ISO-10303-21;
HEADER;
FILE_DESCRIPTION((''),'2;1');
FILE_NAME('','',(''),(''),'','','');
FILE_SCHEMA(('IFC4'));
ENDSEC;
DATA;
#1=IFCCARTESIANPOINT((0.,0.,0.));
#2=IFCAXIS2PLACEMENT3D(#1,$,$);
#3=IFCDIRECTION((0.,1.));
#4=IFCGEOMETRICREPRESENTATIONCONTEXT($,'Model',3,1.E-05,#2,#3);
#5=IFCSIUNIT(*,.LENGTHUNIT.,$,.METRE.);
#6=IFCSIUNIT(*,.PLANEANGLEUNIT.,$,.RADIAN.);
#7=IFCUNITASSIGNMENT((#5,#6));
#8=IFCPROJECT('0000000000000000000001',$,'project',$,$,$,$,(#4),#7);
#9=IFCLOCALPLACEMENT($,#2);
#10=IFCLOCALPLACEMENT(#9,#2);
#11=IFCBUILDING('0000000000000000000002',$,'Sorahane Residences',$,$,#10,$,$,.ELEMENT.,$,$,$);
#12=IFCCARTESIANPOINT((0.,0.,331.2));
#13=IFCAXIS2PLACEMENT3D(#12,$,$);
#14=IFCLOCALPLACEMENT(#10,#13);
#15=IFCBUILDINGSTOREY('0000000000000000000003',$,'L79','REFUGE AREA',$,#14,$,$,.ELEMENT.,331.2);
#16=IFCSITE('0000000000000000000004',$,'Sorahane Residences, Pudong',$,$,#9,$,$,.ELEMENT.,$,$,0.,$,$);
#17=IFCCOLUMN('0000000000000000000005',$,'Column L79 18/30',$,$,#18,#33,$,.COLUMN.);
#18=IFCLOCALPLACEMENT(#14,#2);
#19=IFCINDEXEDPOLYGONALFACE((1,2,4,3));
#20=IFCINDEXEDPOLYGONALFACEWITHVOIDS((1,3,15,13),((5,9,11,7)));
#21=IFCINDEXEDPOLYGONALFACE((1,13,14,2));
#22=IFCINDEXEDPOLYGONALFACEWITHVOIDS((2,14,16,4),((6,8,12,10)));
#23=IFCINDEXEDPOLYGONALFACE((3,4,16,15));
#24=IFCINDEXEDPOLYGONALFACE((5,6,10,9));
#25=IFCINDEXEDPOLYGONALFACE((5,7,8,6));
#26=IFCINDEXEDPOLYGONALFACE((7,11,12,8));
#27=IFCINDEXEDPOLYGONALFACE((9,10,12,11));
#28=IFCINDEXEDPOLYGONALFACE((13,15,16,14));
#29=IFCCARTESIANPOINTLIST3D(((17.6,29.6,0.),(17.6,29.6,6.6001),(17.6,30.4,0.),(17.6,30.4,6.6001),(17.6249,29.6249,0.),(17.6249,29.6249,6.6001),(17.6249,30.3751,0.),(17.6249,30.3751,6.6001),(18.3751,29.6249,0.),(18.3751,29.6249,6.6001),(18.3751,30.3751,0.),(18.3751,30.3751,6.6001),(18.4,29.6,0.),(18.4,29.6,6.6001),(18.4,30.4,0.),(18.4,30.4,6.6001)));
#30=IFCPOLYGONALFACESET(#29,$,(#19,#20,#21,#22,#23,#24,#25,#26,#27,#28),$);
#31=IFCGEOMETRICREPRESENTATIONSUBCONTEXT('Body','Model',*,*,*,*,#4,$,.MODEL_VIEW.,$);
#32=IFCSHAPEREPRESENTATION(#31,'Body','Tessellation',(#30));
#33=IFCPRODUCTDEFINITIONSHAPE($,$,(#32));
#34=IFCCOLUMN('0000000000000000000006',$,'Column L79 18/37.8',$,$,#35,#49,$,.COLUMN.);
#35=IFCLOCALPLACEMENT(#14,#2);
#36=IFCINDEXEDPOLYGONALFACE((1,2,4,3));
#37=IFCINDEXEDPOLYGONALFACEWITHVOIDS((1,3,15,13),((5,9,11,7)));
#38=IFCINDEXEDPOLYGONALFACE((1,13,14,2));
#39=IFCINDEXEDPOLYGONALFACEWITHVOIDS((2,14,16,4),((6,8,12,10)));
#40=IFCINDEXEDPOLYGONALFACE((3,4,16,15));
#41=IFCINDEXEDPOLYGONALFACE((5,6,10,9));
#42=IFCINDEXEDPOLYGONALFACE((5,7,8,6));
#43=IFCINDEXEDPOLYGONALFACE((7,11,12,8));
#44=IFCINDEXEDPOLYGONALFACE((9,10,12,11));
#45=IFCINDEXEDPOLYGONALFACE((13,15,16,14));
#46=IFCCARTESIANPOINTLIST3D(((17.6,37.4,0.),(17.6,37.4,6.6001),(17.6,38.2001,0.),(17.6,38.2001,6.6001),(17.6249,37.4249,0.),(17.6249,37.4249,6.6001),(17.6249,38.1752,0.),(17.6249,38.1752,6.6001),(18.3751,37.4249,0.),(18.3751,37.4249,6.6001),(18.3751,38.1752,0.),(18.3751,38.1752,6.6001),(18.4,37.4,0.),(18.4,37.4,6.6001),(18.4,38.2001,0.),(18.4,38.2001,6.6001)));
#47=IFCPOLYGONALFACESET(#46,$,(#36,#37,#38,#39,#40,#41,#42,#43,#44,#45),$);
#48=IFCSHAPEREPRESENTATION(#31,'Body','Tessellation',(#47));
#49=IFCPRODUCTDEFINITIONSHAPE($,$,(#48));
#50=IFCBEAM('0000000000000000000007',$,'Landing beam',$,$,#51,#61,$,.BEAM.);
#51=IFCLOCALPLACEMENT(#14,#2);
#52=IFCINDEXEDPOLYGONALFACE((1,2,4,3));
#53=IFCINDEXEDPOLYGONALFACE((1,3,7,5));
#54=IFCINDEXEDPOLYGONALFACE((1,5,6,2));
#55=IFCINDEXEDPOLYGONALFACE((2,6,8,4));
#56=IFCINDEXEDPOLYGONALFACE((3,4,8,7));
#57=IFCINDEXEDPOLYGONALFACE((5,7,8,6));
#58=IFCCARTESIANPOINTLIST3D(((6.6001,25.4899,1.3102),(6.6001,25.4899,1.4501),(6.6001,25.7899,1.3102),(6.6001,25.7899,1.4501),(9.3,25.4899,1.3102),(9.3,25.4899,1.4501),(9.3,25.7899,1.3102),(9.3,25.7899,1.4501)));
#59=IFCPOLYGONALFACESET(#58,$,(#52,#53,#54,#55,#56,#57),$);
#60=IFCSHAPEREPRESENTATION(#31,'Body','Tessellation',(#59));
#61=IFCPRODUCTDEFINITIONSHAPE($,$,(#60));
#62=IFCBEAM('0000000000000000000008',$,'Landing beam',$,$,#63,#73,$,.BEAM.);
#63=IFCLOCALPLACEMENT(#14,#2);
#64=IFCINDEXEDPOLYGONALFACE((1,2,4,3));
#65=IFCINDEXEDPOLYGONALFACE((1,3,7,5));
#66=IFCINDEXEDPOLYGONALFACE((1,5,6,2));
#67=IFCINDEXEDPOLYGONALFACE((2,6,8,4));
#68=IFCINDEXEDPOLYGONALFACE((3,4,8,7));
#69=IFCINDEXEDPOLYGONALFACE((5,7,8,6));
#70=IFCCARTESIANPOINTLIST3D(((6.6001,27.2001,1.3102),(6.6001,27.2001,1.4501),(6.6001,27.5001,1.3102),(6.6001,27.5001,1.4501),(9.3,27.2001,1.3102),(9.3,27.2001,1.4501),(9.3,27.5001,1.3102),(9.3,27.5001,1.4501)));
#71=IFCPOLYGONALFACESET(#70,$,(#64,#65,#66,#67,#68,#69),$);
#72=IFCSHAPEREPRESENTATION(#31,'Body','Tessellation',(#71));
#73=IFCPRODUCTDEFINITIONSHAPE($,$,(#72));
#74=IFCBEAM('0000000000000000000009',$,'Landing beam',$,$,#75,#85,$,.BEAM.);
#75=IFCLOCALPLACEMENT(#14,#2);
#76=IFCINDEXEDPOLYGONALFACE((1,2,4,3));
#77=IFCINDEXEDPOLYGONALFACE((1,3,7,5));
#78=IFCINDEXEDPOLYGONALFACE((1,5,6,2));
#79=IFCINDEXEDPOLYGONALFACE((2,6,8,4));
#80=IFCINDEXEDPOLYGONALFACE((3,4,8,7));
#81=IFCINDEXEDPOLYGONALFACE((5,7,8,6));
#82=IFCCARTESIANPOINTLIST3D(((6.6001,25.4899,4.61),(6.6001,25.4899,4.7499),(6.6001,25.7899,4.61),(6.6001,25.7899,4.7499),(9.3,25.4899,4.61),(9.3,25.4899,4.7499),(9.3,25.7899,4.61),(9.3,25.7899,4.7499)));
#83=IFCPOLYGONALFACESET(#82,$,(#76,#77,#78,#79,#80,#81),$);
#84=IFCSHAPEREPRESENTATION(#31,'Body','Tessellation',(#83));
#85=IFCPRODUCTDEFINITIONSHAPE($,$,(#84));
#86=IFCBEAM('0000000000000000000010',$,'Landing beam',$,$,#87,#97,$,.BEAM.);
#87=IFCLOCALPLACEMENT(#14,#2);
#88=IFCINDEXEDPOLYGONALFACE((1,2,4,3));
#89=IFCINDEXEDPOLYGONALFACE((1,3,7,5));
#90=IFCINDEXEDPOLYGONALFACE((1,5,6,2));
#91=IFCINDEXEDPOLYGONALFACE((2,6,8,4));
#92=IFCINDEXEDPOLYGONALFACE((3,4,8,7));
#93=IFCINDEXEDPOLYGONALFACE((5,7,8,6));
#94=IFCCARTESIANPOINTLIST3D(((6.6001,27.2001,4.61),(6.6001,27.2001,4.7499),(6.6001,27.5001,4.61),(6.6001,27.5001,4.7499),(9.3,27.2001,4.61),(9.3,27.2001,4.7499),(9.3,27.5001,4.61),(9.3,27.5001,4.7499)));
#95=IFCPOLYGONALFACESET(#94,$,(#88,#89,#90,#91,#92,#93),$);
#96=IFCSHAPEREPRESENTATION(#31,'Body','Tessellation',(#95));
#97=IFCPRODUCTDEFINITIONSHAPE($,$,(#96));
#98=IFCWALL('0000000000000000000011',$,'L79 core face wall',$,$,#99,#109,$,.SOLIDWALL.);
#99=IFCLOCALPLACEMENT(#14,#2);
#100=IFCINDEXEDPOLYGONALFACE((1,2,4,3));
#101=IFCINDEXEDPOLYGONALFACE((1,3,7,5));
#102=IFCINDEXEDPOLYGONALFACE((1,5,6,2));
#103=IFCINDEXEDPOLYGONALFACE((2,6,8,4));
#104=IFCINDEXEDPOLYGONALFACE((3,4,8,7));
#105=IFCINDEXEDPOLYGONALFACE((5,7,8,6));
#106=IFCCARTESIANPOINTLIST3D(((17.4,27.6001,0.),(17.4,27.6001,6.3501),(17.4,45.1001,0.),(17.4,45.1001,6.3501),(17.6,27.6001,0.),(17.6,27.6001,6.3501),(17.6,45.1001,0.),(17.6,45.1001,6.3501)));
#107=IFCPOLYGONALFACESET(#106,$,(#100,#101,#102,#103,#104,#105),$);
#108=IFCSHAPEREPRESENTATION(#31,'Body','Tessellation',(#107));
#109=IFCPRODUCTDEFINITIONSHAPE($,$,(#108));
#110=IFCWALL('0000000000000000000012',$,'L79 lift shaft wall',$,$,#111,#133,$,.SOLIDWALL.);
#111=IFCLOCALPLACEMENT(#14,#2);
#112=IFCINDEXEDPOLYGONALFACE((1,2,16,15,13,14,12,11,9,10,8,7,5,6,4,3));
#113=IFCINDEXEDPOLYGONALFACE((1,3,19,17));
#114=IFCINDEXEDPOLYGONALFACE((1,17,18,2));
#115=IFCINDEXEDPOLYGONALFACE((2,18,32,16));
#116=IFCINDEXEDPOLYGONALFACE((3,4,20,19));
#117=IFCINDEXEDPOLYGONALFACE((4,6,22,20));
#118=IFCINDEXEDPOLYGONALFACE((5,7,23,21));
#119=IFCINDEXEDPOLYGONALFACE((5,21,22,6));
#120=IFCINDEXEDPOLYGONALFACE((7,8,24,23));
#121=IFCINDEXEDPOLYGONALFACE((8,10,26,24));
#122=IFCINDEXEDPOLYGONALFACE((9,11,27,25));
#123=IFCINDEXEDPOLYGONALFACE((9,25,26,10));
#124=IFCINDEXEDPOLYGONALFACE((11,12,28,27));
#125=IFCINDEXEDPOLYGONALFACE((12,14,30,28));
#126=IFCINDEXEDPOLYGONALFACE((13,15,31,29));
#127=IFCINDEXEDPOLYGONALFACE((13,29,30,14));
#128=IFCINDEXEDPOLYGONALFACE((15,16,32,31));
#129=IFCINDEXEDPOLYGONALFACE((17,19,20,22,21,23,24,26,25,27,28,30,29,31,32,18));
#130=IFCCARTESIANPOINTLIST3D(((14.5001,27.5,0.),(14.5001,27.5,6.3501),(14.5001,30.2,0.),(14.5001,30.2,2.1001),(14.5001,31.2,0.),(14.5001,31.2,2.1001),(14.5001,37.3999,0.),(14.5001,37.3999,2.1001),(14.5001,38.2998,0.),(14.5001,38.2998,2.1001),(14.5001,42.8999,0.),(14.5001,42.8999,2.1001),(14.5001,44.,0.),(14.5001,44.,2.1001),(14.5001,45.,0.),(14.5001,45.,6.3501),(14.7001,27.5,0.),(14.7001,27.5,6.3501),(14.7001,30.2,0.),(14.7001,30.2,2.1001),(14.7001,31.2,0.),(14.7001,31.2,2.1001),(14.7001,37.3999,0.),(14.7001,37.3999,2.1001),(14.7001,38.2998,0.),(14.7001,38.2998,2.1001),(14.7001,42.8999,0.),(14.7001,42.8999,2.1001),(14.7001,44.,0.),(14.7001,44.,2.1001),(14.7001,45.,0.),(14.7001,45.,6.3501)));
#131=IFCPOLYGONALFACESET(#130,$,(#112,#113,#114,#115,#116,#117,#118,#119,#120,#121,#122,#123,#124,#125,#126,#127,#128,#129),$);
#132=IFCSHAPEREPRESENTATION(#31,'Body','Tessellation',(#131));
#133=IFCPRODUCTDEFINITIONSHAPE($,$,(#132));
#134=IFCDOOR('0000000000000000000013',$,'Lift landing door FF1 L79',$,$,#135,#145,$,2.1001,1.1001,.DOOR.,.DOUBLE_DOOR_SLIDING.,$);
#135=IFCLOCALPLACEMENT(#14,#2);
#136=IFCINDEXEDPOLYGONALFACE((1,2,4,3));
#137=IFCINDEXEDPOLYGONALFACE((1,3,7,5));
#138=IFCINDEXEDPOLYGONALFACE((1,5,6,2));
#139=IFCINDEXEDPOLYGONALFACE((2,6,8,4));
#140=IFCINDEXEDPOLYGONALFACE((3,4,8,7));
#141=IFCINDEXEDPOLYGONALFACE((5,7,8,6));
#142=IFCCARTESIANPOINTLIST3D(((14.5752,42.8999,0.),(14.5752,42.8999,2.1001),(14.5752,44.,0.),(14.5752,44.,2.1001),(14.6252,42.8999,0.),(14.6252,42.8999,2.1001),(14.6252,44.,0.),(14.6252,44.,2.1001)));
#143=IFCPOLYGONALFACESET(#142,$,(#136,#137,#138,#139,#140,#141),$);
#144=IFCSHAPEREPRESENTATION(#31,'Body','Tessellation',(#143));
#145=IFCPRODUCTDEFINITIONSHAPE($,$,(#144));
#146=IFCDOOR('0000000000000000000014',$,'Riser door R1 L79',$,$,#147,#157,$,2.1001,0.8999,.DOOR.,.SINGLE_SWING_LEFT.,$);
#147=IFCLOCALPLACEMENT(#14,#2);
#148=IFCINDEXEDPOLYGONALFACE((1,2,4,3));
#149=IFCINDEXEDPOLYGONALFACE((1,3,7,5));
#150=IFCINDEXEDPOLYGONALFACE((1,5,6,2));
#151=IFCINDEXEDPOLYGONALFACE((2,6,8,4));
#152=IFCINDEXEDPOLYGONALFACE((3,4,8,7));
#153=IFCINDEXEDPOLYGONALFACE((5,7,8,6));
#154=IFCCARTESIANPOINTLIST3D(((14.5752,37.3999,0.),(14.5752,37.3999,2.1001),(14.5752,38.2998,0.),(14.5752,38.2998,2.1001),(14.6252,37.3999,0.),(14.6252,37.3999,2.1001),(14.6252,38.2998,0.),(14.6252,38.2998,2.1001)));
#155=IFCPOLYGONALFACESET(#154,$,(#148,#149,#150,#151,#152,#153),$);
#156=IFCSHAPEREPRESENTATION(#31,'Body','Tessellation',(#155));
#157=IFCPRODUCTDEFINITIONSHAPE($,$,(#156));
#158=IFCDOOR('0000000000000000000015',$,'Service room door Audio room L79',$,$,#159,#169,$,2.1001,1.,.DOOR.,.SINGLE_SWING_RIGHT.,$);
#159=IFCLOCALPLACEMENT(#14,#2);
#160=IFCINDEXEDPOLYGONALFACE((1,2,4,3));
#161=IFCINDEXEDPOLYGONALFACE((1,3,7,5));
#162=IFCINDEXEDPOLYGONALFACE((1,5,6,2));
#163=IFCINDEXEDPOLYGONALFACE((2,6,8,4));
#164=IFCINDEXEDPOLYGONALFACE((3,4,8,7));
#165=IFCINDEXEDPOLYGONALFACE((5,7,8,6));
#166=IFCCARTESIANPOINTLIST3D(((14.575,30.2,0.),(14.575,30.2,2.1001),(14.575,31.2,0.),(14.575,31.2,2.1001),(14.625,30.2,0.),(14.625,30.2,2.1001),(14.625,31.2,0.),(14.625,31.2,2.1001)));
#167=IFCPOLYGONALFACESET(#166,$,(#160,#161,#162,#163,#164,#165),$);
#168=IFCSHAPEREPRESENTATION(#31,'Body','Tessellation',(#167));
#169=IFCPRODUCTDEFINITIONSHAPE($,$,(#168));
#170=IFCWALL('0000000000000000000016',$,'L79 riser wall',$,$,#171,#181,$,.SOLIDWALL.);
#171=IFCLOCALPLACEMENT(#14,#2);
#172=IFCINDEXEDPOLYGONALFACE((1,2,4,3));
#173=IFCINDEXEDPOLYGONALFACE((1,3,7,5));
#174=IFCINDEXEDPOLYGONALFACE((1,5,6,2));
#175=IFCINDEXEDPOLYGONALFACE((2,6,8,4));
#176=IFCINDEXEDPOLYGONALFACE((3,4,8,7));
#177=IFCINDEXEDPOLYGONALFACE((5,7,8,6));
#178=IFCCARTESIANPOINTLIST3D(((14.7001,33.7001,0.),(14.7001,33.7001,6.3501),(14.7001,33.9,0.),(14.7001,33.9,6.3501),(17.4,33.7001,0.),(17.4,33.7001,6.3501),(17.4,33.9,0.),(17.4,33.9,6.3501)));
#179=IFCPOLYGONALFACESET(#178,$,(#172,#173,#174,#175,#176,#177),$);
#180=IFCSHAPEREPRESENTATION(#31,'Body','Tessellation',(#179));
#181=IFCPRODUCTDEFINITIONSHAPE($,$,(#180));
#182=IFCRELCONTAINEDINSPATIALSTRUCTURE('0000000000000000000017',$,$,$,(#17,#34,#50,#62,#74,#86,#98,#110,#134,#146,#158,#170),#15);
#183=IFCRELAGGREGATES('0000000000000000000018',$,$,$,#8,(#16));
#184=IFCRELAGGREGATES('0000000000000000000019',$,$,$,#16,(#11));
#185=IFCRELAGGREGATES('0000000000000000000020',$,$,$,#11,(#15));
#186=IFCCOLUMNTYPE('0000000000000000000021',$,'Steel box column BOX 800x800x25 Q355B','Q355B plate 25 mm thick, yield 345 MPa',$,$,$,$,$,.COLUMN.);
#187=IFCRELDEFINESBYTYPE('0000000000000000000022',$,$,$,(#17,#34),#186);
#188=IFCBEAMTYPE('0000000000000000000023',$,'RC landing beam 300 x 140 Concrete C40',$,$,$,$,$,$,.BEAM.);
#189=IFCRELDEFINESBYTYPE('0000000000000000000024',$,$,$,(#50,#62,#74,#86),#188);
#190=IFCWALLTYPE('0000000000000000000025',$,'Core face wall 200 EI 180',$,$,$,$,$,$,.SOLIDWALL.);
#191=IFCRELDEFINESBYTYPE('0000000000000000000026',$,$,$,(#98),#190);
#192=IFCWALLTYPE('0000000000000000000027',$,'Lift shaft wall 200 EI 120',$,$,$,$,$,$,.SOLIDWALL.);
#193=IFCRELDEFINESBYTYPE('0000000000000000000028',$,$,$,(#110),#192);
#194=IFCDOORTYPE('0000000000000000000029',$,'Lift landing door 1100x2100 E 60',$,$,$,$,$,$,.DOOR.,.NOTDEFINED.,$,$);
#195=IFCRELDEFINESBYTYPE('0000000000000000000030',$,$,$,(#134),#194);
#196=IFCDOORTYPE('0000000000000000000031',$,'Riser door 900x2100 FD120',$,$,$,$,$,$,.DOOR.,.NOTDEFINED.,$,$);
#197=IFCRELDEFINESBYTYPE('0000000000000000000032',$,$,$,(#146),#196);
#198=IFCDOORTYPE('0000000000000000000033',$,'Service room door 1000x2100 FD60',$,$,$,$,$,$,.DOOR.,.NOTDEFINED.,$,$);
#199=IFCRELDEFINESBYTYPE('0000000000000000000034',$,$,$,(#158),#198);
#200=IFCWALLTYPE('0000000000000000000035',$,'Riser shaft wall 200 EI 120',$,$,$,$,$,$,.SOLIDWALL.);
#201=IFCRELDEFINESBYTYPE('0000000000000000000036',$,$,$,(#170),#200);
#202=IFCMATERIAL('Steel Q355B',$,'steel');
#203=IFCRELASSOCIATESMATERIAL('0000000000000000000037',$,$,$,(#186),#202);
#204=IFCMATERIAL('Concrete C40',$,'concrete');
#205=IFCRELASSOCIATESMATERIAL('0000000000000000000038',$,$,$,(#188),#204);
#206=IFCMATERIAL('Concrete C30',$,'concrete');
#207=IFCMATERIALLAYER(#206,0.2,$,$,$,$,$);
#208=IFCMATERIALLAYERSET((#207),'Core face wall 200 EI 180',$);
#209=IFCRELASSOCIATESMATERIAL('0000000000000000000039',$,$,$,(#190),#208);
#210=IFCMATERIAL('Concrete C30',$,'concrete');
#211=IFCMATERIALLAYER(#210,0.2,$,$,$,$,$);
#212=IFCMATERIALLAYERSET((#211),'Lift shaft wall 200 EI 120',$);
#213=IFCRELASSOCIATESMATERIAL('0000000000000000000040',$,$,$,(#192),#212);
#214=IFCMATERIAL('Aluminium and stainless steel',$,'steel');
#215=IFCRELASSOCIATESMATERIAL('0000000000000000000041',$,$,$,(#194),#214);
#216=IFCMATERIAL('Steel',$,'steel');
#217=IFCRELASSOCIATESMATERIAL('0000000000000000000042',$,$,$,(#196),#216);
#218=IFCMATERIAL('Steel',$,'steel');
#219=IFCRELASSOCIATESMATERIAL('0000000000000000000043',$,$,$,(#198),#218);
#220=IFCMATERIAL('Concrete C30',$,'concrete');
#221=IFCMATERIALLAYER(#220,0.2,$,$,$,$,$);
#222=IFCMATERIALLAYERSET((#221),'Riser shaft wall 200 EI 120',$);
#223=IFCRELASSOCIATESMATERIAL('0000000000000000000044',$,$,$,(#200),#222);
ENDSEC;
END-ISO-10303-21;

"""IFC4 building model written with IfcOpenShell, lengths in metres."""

from ifc_helpers import new_model, si_unit, direction, frame, frame_2d, origin, origin_2d, place, context, subcontext, project, spatial, rectangle, hollow_rectangle, extrude, material, layer, layer_set, material_profile, profile_set, type_object, element, fill, save


model = new_model("IFC4")

# Units and contexts
model_context = context("Model", 3, precision=1e-05, world=origin(), true_north=direction((0.0, 1.0)))
body_context = subcontext(model_context, "Body", "Model", "MODEL_VIEW")
ifc_project = project(units=[si_unit("LENGTHUNIT", "METRE"), si_unit("PLANEANGLEUNIT", "RADIAN")], contexts=[model_context])

# Site, building, storey
site_placement = place(None, origin())
site = spatial("IfcSite", under=ifc_project, at=site_placement, Name="Sorahane Residences, Pudong", CompositionType="ELEMENT", RefElevation=0.0)
building_placement = place(site_placement, origin())
building = spatial("IfcBuilding", under=site, at=building_placement, Name="Sorahane Residences", CompositionType="ELEMENT")
storey_placement = place(building_placement, frame((0.0, 0.0, 331.2)))
storey = spatial("IfcBuildingStorey", under=building, at=storey_placement, Name="L79", Description="REFUGE AREA", CompositionType="ELEMENT", Elevation=331.2)

# Columns
ifc_material_1 = material(Name="Steel Q355B", Category="steel")
ifc_material_profile_1 = material_profile(ifc_material_1, hollow_rectangle(XDim=0.8, YDim=0.8, WallThickness=0.0249, at=origin_2d()), Name="BOX 800x800x25")
ifc_profile_set_1 = profile_set([ifc_material_profile_1], Name="Steel Q355B")
column_type = type_object("IfcColumnType", Name="Steel box column BOX 800x800x25 Q355B", Description="Q355B plate 25 mm thick, yield 345 MPa", PredefinedType="COLUMN", material=ifc_profile_set_1)
for number, where, z_axis, x_axis, name in (
    (1, (18.0, 30.0, 0.0), (0.0, 0.0, 1.0), (1.0, 0.0, 0.0), "Column L79 18/30"),
    (2, (18.0, 37.8, 0.0), (0.0, 0.0, 1.0), (1.0, 0.0, 0.0), "Column L79 18/37.8"),
):
    element("IfcColumn", number, at=place(storey_placement, frame(where, z_axis=z_axis, x_axis=x_axis)), inside=storey, type_object=column_type, Name=name, PredefinedType="COLUMN", context=body_context, shape_type="SweptSolid", body=[
        extrude(hollow_rectangle(XDim=0.8, YDim=0.8, WallThickness=0.0249, at=origin_2d()), origin(), (0.0, 0.0, 1.0), 6.6001),
    ])

# Beams
ifc_material_2 = material(Name="Concrete C40", Category="concrete")
ifc_material_profile_2 = material_profile(ifc_material_2, rectangle(XDim=0.3, YDim=0.1399, at=origin_2d()), Name="300x140")
ifc_profile_set_2 = profile_set([ifc_material_profile_2], Name="Concrete C40")
beam_type = type_object("IfcBeamType", Name="RC landing beam 300 x 140 Concrete C40", PredefinedType="BEAM", material=ifc_profile_set_2)
for number, where, z_axis, x_axis, name in (
    (3, (6.6001, 25.6399, 1.3801), (1.0, 0.0, 0.0), (0.0, 1.0, 0.0), "Landing beam"),
    (4, (6.6001, 27.3501, 1.3801), (1.0, 0.0, 0.0), (0.0, 1.0, 0.0), "Landing beam"),
    (5, (6.6001, 25.6399, 4.6799), (1.0, 0.0, 0.0), (0.0, 1.0, 0.0), "Landing beam"),
    (6, (6.6001, 27.3501, 4.6799), (1.0, 0.0, 0.0), (0.0, 1.0, 0.0), "Landing beam"),
):
    element("IfcBeam", number, at=place(storey_placement, frame(where, z_axis=z_axis, x_axis=x_axis)), inside=storey, type_object=beam_type, Name=name, PredefinedType="BEAM", context=body_context, shape_type="SweptSolid", body=[
        extrude(rectangle(XDim=0.3, YDim=0.1399, at=origin_2d()), origin(), (0.0, 0.0, 1.0), 2.7),
    ])

# Wall
ifc_material_3 = material(Name="Concrete C30", Category="concrete")
ifc_layer_1 = layer(ifc_material_3, 0.2)
ifc_layer_set_1 = layer_set([ifc_layer_1], Name="Core face wall 200 EI 180")
wall_type_1 = type_object("IfcWallType", Name="Core face wall 200 EI 180", PredefinedType="SOLIDWALL", material=ifc_layer_set_1)
wall_1_placement = place(storey_placement, frame((17.5, 27.6001, 0.0), z_axis=(0.0, 0.0, 1.0), x_axis=(0.0, 1.0, 0.0)))
element("IfcWall", 7, at=wall_1_placement, inside=storey, type_object=wall_type_1, Name="L79 core face wall", PredefinedType="SOLIDWALL", context=body_context, shape_type="SweptSolid", body=[
    extrude(rectangle(XDim=17.5, YDim=0.2, at=frame_2d((8.75, 0.0))), origin(), (0.0, 0.0, 1.0), 6.3501),
])

# Wall, openings, doors
ifc_material_4 = material(Name="Concrete C30", Category="concrete")
ifc_layer_2 = layer(ifc_material_4, 0.2)
ifc_layer_set_2 = layer_set([ifc_layer_2], Name="Lift shaft wall 200 EI 120")
wall_type_2 = type_object("IfcWallType", Name="Lift shaft wall 200 EI 120", PredefinedType="SOLIDWALL", material=ifc_layer_set_2)
wall_2_placement = place(storey_placement, frame((14.6001, 27.5, 0.0), z_axis=(0.0, 0.0, 1.0), x_axis=(0.0, 1.0, 0.0)))
wall_2 = element("IfcWall", 8, at=wall_2_placement, inside=storey, type_object=wall_type_2, Name="L79 lift shaft wall", PredefinedType="SOLIDWALL", context=body_context, shape_type="SweptSolid", body=[
    extrude(rectangle(XDim=17.5, YDim=0.2, at=frame_2d((8.75, 0.0))), origin(), (0.0, 0.0, 1.0), 6.3501),
])
opening_1_placement = place(wall_2_placement, frame((15.3999, 0.0, 0.0)))
opening_1 = element("IfcOpeningElement", 9, at=opening_1_placement, cuts=wall_2, PredefinedType="OPENING", context=body_context, shape_type="SweptSolid", body=[
    extrude(rectangle(XDim=1.1001, YDim=2.1001, at=frame_2d((0.55, 1.05))), frame((0.0, 0.1099, 0.0), z_axis=(0.0, -1.0, 0.0), x_axis=(1.0, 0.0, 0.0)), (0.0, 0.0, 1.0), 0.22),
])
opening_2_placement = place(wall_2_placement, frame((2.7, 0.0, 0.0)))
opening_2 = element("IfcOpeningElement", 10, at=opening_2_placement, cuts=wall_2, PredefinedType="OPENING", context=body_context, shape_type="SweptSolid", body=[
    extrude(rectangle(XDim=1.0, YDim=2.1001, at=frame_2d((0.5, 1.05))), frame((0.0, 0.1099, 0.0), z_axis=(0.0, -1.0, 0.0), x_axis=(1.0, 0.0, 0.0)), (0.0, 0.0, 1.0), 0.22),
])
opening_3_placement = place(wall_2_placement, frame((9.8999, 0.0, 0.0)))
opening_3 = element("IfcOpeningElement", 11, at=opening_3_placement, cuts=wall_2, PredefinedType="OPENING", context=body_context, shape_type="SweptSolid", body=[
    extrude(rectangle(XDim=0.8999, YDim=2.1001, at=frame_2d((0.45, 1.05))), frame((0.0, 0.1099, 0.0), z_axis=(0.0, -1.0, 0.0), x_axis=(1.0, 0.0, 0.0)), (0.0, 0.0, 1.0), 0.22),
])
ifc_material_5 = material(Name="Aluminium and stainless steel", Category="steel")
door_type_1 = type_object("IfcDoorType", Name="Lift landing door 1100x2100 E 60", OperationType="NOTDEFINED", PredefinedType="DOOR", material=ifc_material_5)
door_1_placement = place(opening_1_placement, origin())
door_1 = element("IfcDoor", 12, at=door_1_placement, inside=storey, type_object=door_type_1, Name="Lift landing door FF1 L79", OperationType="DOUBLE_DOOR_SLIDING", OverallHeight=2.1001, OverallWidth=1.1001, PredefinedType="DOOR", context=body_context, shape_type="SweptSolid", body=[
    extrude(rectangle(XDim=1.1001, YDim=2.1001, at=frame_2d((0.55, 1.05))), frame((0.0, 0.0249, 0.0), z_axis=(0.0, -1.0, 0.0), x_axis=(1.0, 0.0, 0.0)), (0.0, 0.0, 1.0), 0.05),
])
fill(opening_1, door_1)
ifc_material_6 = material(Name="Steel", Category="steel")
door_type_2 = type_object("IfcDoorType", Name="Riser door 900x2100 FD120", OperationType="NOTDEFINED", PredefinedType="DOOR", material=ifc_material_6)
door_2_placement = place(opening_3_placement, origin())
door_2 = element("IfcDoor", 13, at=door_2_placement, inside=storey, type_object=door_type_2, Name="Riser door R1 L79", OperationType="SINGLE_SWING_LEFT", OverallHeight=2.1001, OverallWidth=0.8999, PredefinedType="DOOR", context=body_context, shape_type="SweptSolid", body=[
    extrude(rectangle(XDim=0.8999, YDim=2.1001, at=frame_2d((0.45, 1.05))), frame((0.0, 0.0249, 0.0), z_axis=(0.0, -1.0, 0.0), x_axis=(1.0, 0.0, 0.0)), (0.0, 0.0, 1.0), 0.05),
])
fill(opening_3, door_2)
ifc_material_7 = material(Name="Steel", Category="steel")
door_type_3 = type_object("IfcDoorType", Name="Service room door 1000x2100 FD60", OperationType="NOTDEFINED", PredefinedType="DOOR", material=ifc_material_7)
door_3_placement = place(opening_2_placement, frame((1.0, 0.0, 0.0), z_axis=(0.0, 0.0, 1.0), x_axis=(-1.0, 0.0, 0.0)))
door_3 = element("IfcDoor", 14, at=door_3_placement, inside=storey, type_object=door_type_3, Name="Service room door Audio room L79", OperationType="SINGLE_SWING_RIGHT", OverallHeight=2.1001, OverallWidth=1.0, PredefinedType="DOOR", context=body_context, shape_type="SweptSolid", body=[
    extrude(rectangle(XDim=1.0, YDim=2.1001, at=frame_2d((0.5, 1.05))), frame((0.0, 0.0249, 0.0), z_axis=(0.0, -1.0, 0.0), x_axis=(1.0, 0.0, 0.0)), (0.0, 0.0, 1.0), 0.05),
])
fill(opening_2, door_3)

# Wall
ifc_material_8 = material(Name="Concrete C30", Category="concrete")
ifc_layer_3 = layer(ifc_material_8, 0.2)
ifc_layer_set_3 = layer_set([ifc_layer_3], Name="Riser shaft wall 200 EI 120")
wall_type_3 = type_object("IfcWallType", Name="Riser shaft wall 200 EI 120", PredefinedType="SOLIDWALL", material=ifc_layer_set_3)
wall_3_placement = place(storey_placement, frame((14.7, 33.8, 0.0), z_axis=(0.0, 0.0, 1.0), x_axis=(1.0, 0.0, 0.0)))
element("IfcWall", 15, at=wall_3_placement, inside=storey, type_object=wall_type_3, Name="L79 riser wall", PredefinedType="SOLIDWALL", context=body_context, shape_type="SweptSolid", body=[
    extrude(rectangle(XDim=2.7, YDim=0.2, at=frame_2d((1.3501, 0.0))), origin(), (0.0, 0.0, 1.0), 6.3501),
])

save(model, "model.ifc")
